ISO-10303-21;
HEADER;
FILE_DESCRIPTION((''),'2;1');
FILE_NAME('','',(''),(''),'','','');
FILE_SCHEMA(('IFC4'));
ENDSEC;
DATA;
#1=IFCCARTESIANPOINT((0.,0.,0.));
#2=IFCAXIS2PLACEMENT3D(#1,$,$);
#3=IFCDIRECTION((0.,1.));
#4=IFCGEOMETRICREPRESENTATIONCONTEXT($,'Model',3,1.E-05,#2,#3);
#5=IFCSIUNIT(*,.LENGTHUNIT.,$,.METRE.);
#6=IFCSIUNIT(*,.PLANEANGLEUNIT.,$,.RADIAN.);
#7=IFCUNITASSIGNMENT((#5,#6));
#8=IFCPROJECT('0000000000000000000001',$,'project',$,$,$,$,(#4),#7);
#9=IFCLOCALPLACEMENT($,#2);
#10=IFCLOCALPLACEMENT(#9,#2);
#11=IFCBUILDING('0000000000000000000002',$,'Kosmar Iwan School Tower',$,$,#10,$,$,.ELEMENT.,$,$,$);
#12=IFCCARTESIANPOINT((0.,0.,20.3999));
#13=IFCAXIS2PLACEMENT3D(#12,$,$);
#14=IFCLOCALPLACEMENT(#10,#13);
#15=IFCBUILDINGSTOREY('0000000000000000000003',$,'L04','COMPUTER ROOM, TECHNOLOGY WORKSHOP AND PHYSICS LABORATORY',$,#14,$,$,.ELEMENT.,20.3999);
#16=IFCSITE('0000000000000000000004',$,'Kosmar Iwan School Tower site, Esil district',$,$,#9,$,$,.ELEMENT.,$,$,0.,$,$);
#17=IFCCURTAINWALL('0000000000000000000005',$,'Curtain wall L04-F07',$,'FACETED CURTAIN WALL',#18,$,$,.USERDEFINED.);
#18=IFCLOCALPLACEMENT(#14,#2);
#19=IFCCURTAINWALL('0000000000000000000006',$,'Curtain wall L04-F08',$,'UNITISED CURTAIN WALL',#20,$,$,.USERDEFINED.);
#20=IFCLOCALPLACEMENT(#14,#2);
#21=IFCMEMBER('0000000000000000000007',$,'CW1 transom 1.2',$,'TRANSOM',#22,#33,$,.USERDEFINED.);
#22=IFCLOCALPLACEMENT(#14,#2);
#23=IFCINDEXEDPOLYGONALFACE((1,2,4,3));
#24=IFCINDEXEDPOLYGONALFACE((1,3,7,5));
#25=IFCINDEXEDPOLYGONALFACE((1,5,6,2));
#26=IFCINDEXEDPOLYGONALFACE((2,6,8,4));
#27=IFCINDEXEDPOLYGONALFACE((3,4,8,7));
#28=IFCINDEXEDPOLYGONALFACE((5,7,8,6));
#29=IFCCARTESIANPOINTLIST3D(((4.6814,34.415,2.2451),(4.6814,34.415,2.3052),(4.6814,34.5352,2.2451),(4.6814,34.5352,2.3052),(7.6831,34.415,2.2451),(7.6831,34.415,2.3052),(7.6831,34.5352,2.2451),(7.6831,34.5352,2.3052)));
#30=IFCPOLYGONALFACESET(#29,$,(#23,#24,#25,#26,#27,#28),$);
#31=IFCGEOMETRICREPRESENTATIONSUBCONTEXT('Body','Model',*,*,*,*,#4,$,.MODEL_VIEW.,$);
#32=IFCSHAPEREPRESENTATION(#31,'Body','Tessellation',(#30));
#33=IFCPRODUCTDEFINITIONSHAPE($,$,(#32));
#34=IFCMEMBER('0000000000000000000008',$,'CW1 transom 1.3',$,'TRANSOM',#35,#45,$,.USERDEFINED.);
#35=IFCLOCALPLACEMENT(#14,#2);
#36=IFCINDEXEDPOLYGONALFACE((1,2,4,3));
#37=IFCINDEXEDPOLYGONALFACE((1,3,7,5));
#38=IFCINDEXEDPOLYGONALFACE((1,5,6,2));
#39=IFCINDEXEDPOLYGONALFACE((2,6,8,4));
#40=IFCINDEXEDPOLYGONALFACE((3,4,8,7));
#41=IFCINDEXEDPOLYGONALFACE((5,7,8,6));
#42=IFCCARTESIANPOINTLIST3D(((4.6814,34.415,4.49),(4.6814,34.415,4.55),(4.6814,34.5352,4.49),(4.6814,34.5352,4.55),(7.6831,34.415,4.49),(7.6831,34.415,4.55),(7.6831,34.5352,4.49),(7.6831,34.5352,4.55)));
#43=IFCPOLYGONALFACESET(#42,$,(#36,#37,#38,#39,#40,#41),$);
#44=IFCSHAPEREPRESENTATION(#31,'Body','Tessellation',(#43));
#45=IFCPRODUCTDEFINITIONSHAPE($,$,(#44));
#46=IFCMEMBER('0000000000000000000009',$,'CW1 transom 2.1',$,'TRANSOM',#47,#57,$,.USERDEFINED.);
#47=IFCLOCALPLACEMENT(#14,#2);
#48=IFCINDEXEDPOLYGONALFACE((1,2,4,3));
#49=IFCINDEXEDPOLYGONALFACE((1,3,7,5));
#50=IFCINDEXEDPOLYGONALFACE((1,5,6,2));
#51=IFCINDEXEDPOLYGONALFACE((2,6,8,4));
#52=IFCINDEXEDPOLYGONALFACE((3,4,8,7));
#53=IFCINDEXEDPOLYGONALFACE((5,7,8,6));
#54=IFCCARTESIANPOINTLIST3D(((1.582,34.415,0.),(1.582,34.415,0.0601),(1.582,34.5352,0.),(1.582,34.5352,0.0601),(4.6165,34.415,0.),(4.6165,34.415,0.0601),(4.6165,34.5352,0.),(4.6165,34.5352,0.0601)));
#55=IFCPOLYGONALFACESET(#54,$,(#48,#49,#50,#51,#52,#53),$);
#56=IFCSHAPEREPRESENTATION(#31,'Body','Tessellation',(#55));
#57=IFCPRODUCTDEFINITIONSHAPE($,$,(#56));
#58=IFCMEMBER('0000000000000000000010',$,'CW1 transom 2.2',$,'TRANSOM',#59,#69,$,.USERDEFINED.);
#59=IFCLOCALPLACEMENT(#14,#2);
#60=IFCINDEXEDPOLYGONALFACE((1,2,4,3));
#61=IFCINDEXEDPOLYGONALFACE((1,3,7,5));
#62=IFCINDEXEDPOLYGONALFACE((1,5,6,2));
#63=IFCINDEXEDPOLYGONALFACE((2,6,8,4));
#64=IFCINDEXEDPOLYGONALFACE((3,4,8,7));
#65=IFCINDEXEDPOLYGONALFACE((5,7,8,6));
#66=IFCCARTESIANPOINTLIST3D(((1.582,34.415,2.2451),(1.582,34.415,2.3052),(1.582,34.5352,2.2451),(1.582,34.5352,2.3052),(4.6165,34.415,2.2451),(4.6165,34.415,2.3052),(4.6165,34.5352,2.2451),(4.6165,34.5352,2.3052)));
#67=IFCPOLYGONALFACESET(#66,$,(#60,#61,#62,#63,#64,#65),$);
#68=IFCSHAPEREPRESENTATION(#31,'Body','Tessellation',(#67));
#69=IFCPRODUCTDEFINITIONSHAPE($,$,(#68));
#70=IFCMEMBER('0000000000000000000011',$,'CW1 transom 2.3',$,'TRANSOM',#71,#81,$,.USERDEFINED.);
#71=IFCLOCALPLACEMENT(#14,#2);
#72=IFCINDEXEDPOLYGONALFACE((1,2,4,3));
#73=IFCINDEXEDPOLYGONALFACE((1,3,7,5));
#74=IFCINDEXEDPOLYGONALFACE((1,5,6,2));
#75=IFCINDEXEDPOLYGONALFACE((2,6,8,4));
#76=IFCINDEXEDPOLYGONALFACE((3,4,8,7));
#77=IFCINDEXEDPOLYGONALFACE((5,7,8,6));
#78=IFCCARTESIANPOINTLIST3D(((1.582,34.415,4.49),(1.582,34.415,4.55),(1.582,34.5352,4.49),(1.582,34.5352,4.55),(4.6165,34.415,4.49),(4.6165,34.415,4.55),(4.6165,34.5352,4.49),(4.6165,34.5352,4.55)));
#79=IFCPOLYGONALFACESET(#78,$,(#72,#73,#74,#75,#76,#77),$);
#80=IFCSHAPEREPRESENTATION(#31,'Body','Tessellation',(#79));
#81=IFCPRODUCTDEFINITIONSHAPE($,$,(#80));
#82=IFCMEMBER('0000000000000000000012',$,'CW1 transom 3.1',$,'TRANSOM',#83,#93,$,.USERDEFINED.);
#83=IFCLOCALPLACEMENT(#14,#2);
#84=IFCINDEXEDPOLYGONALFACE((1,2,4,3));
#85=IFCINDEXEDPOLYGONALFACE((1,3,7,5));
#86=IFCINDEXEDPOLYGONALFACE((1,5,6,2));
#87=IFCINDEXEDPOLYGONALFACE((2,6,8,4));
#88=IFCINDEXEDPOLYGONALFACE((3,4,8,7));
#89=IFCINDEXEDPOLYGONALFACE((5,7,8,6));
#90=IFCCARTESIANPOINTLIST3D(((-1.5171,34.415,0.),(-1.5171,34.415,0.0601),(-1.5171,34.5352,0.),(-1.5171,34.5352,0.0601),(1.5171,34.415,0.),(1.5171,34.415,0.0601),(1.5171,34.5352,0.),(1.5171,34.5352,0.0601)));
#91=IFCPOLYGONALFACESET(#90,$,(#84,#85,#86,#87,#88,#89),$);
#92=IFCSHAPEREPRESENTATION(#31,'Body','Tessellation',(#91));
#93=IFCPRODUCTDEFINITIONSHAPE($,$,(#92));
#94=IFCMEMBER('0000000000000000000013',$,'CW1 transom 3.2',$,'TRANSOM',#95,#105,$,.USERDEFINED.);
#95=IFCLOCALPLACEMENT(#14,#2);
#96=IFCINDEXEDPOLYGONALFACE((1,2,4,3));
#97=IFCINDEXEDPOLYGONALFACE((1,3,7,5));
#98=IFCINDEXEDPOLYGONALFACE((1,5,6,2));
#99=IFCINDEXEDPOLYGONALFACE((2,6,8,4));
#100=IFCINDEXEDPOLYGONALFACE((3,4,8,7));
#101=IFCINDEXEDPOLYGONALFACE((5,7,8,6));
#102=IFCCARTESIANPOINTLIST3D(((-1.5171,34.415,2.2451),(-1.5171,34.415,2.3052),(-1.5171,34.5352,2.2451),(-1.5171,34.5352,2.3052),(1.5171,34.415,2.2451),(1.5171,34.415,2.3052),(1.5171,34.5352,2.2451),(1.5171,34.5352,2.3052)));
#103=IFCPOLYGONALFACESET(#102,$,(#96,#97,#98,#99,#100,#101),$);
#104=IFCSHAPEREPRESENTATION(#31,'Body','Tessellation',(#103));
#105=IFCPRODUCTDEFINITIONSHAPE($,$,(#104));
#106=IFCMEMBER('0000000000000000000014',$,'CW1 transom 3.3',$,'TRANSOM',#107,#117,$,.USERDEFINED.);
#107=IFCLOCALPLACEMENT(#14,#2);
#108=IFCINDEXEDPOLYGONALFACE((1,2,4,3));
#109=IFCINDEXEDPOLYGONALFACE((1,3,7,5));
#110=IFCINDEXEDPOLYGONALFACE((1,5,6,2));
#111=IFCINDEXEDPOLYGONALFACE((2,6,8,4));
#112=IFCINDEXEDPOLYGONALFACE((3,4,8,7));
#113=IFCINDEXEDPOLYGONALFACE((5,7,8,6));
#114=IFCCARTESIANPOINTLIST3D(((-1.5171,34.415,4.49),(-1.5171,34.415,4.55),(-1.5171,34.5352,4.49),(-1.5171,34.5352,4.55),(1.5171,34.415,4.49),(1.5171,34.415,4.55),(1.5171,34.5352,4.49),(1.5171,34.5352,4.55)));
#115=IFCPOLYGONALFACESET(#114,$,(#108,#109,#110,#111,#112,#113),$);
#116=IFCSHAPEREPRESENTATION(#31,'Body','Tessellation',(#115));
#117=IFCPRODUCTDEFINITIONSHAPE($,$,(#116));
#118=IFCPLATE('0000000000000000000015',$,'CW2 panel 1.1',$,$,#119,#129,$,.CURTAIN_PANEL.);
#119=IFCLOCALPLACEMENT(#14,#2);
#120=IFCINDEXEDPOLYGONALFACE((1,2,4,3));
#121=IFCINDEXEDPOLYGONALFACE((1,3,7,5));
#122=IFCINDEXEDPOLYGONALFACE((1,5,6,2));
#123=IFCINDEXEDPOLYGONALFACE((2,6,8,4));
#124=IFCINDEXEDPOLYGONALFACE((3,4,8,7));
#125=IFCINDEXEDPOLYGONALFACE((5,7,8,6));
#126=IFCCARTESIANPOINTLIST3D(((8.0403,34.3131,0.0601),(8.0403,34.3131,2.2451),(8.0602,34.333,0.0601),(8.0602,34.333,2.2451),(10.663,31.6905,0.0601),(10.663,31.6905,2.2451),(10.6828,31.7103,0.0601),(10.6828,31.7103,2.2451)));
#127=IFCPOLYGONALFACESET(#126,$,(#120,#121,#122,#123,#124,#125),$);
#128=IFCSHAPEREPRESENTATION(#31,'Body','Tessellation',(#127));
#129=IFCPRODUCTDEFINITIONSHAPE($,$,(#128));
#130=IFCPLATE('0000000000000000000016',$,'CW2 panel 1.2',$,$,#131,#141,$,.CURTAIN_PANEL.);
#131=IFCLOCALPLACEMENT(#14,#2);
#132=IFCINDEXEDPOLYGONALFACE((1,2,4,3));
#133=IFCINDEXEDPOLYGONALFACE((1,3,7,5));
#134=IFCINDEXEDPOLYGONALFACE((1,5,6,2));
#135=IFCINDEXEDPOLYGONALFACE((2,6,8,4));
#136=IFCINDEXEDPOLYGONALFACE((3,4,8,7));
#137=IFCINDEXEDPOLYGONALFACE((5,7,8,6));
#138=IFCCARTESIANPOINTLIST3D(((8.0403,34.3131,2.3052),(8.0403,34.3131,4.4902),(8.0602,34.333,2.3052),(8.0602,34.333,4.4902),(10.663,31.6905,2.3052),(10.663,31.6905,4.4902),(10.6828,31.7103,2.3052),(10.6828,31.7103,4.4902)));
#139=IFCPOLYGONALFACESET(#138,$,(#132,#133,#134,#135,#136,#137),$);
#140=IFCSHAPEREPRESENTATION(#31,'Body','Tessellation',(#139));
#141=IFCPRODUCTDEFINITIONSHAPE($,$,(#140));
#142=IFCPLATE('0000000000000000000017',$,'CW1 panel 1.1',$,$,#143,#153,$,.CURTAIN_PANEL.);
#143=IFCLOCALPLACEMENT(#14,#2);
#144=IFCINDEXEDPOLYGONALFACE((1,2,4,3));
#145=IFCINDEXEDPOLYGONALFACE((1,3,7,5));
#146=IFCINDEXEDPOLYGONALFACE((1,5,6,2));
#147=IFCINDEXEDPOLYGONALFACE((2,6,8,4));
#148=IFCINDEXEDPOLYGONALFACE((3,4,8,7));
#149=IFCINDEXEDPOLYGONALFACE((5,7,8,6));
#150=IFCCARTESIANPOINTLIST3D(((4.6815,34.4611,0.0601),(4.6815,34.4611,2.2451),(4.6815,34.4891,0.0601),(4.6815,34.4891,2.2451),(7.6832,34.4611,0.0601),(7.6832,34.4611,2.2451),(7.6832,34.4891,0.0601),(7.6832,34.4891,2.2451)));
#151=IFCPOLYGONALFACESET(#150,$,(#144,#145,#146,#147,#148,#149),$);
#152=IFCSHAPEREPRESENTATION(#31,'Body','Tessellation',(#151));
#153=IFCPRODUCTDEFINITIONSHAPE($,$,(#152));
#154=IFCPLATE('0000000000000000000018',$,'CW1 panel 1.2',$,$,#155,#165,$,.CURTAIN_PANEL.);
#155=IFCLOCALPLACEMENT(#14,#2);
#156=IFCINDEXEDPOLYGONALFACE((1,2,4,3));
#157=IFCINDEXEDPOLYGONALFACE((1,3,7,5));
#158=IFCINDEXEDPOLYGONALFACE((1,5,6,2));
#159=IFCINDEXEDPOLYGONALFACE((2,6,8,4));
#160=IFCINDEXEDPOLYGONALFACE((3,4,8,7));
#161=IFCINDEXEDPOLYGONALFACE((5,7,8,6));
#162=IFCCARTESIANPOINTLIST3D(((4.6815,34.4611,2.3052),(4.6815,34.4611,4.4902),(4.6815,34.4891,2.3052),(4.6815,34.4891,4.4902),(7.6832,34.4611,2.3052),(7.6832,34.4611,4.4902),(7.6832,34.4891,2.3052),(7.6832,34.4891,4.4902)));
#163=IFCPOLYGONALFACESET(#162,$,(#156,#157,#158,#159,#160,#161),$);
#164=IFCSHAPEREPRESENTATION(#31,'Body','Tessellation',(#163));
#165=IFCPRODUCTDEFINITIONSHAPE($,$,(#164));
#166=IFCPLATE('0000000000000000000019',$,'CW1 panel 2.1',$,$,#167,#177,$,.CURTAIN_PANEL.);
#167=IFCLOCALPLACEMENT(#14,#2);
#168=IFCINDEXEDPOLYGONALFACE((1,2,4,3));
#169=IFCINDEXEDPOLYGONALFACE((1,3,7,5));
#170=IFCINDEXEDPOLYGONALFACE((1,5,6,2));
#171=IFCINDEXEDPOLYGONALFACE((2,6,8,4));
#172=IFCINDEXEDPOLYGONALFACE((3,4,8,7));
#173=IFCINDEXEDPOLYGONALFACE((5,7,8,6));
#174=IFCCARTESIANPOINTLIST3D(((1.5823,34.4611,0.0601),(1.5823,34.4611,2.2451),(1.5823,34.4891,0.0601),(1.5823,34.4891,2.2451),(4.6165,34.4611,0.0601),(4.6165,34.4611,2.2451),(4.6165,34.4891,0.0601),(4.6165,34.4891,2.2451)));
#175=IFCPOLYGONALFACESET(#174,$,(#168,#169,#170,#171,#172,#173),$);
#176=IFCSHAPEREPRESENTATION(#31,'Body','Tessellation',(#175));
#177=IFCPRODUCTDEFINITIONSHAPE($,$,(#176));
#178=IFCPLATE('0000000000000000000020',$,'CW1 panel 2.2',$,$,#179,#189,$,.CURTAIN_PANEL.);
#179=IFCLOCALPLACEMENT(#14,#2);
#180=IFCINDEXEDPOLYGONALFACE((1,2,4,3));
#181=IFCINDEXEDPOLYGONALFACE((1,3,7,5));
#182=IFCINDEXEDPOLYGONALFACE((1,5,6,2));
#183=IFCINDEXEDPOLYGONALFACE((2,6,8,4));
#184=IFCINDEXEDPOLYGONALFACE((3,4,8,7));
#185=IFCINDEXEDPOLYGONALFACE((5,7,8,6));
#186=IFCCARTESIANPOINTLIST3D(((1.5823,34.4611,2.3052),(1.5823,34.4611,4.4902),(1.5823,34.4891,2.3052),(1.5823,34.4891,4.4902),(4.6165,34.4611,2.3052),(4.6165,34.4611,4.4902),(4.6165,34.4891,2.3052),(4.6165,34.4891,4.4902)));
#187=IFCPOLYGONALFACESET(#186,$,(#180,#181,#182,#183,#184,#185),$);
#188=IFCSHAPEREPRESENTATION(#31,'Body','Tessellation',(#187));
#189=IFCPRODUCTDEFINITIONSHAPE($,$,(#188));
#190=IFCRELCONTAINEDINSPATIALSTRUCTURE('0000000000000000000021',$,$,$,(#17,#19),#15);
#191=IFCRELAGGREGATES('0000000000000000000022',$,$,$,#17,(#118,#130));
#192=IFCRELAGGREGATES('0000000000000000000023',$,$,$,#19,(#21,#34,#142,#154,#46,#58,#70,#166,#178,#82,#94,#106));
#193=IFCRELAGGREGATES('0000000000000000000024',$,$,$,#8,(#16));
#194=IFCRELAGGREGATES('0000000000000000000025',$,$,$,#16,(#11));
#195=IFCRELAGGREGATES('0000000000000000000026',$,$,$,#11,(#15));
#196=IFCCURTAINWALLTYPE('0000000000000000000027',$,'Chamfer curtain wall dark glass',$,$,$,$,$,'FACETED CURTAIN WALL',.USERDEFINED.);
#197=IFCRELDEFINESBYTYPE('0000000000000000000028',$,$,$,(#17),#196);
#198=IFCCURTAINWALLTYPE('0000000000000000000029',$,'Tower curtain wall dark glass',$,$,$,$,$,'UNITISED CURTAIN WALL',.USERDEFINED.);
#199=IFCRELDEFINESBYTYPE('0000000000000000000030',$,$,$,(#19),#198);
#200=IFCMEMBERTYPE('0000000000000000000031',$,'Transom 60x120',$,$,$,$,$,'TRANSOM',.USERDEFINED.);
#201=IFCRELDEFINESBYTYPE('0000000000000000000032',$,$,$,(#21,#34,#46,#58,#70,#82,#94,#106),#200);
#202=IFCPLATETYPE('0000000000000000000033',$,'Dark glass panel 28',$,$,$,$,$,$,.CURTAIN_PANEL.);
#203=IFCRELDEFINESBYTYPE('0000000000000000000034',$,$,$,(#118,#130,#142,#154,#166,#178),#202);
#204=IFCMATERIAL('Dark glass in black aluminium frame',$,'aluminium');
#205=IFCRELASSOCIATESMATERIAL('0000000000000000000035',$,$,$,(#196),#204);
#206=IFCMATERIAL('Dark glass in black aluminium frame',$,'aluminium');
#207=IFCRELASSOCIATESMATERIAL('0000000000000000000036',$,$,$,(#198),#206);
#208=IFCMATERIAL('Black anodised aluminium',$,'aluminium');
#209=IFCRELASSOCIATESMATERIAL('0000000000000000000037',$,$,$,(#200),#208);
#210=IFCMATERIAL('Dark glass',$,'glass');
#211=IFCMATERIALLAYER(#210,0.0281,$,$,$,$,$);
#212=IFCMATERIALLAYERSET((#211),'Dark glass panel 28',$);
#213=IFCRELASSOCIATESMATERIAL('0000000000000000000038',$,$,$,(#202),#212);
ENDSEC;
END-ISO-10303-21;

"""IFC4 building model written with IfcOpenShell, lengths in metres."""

from ifc_helpers import new_model, si_unit, direction, frame, origin, origin_2d, place, context, subcontext, project, spatial, rectangle, extrude, material, layer, layer_set, material_profile, profile_set, type_object, element, aggregate, save


model = new_model("IFC4")

# Units and contexts
model_context = context("Model", 3, precision=1e-05, world=origin(), true_north=direction((0.0, 1.0)))
body_context = subcontext(model_context, "Body", "Model", "MODEL_VIEW")
ifc_project = project(units=[si_unit("LENGTHUNIT", "METRE"), si_unit("PLANEANGLEUNIT", "RADIAN")], contexts=[model_context])

# Site, building, storey
site_placement = place(None, origin())
site = spatial("IfcSite", under=ifc_project, at=site_placement, Name="Kosmar Iwan School Tower site, Esil district", CompositionType="ELEMENT", RefElevation=0.0)
building_placement = place(site_placement, origin())
building = spatial("IfcBuilding", under=site, at=building_placement, Name="Kosmar Iwan School Tower", CompositionType="ELEMENT")
storey_placement = place(building_placement, frame((0.0, 0.0, 20.3999)))
storey = spatial("IfcBuildingStorey", under=building, at=storey_placement, Name="L04", Description="COMPUTER ROOM, TECHNOLOGY WORKSHOP AND PHYSICS LABORATORY", CompositionType="ELEMENT", Elevation=20.3999)

# Curtain walls
ifc_material_1 = material(Name="Dark glass in black aluminium frame", Category="aluminium")
curtain_wall_type_1 = type_object("IfcCurtainWallType", Name="Chamfer curtain wall dark glass", ElementType="FACETED CURTAIN WALL", PredefinedType="USERDEFINED", material=ifc_material_1)
curtain_wall_1_placement = place(storey_placement, origin())
curtain_wall_1 = element("IfcCurtainWall", 1, at=curtain_wall_1_placement, inside=storey, type_object=curtain_wall_type_1, Name="Curtain wall L04-F07", ObjectType="FACETED CURTAIN WALL", PredefinedType="USERDEFINED")
ifc_material_2 = material(Name="Dark glass in black aluminium frame", Category="aluminium")
curtain_wall_type_2 = type_object("IfcCurtainWallType", Name="Tower curtain wall dark glass", ElementType="UNITISED CURTAIN WALL", PredefinedType="USERDEFINED", material=ifc_material_2)
curtain_wall_2_placement = place(storey_placement, origin())
curtain_wall_2 = element("IfcCurtainWall", 2, at=curtain_wall_2_placement, inside=storey, type_object=curtain_wall_type_2, Name="Curtain wall L04-F08", ObjectType="UNITISED CURTAIN WALL", PredefinedType="USERDEFINED")

# Members
ifc_material_3 = material(Name="Black anodised aluminium", Category="aluminium")
ifc_material_profile_1 = material_profile(ifc_material_3, rectangle(XDim=0.1201, YDim=0.0601, at=origin_2d()), Name="TRANSOM 60x120")
ifc_profile_set_1 = profile_set([ifc_material_profile_1], Name="Black anodised aluminium")
member_type_1 = type_object("IfcMemberType", Name="Transom 60x120", ElementType="TRANSOM", PredefinedType="USERDEFINED", material=ifc_profile_set_1)
member_1_placement = place(storey_placement, frame((7.6831, 34.4751, 2.2751), z_axis=(-1.0, 0.0, 0.0), x_axis=(0.0, -1.0, 0.0)))
member_1 = element("IfcMember", 3, at=member_1_placement, type_object=member_type_1, Name="CW1 transom 1.2", ObjectType="TRANSOM", PredefinedType="USERDEFINED", context=body_context, shape_type="SweptSolid", body=[
    extrude(rectangle(XDim=0.1201, YDim=0.0601, at=origin_2d()), origin(), (0.0, 0.0, 1.0), 3.0017),
])
member_2_placement = place(storey_placement, frame((7.6831, 34.4751, 4.52), z_axis=(-1.0, 0.0, 0.0), x_axis=(0.0, -1.0, 0.0)))
member_2 = element("IfcMember", 4, at=member_2_placement, type_object=member_type_1, Name="CW1 transom 1.3", ObjectType="TRANSOM", PredefinedType="USERDEFINED", context=body_context, shape_type="SweptSolid", body=[
    extrude(rectangle(XDim=0.1201, YDim=0.0601, at=origin_2d()), origin(), (0.0, 0.0, 1.0), 3.0017),
])
member_3_placement = place(storey_placement, frame((4.6165, 34.4751, 0.03), z_axis=(-1.0, 0.0, 0.0), x_axis=(0.0, -1.0, 0.0)))
member_3 = element("IfcMember", 5, at=member_3_placement, type_object=member_type_1, Name="CW1 transom 2.1", ObjectType="TRANSOM", PredefinedType="USERDEFINED", context=body_context, shape_type="SweptSolid", body=[
    extrude(rectangle(XDim=0.1201, YDim=0.0601, at=origin_2d()), origin(), (0.0, 0.0, 1.0), 3.0344),
])
member_4_placement = place(storey_placement, frame((4.6165, 34.4751, 2.2751), z_axis=(-1.0, 0.0, 0.0), x_axis=(0.0, -1.0, 0.0)))
member_4 = element("IfcMember", 6, at=member_4_placement, type_object=member_type_1, Name="CW1 transom 2.2", ObjectType="TRANSOM", PredefinedType="USERDEFINED", context=body_context, shape_type="SweptSolid", body=[
    extrude(rectangle(XDim=0.1201, YDim=0.0601, at=origin_2d()), origin(), (0.0, 0.0, 1.0), 3.0344),
])
member_5_placement = place(storey_placement, frame((4.6165, 34.4751, 4.52), z_axis=(-1.0, 0.0, 0.0), x_axis=(0.0, -1.0, 0.0)))
member_5 = element("IfcMember", 7, at=member_5_placement, type_object=member_type_1, Name="CW1 transom 2.3", ObjectType="TRANSOM", PredefinedType="USERDEFINED", context=body_context, shape_type="SweptSolid", body=[
    extrude(rectangle(XDim=0.1201, YDim=0.0601, at=origin_2d()), origin(), (0.0, 0.0, 1.0), 3.0344),
])
member_6_placement = place(storey_placement, frame((1.5171, 34.4751, 0.03), z_axis=(-1.0, 0.0, 0.0), x_axis=(0.0, -1.0, 0.0)))
member_6 = element("IfcMember", 8, at=member_6_placement, type_object=member_type_1, Name="CW1 transom 3.1", ObjectType="TRANSOM", PredefinedType="USERDEFINED", context=body_context, shape_type="SweptSolid", body=[
    extrude(rectangle(XDim=0.1201, YDim=0.0601, at=origin_2d()), origin(), (0.0, 0.0, 1.0), 3.0342),
])
member_7_placement = place(storey_placement, frame((1.5171, 34.4751, 2.2751), z_axis=(-1.0, 0.0, 0.0), x_axis=(0.0, -1.0, 0.0)))
member_7 = element("IfcMember", 9, at=member_7_placement, type_object=member_type_1, Name="CW1 transom 3.2", ObjectType="TRANSOM", PredefinedType="USERDEFINED", context=body_context, shape_type="SweptSolid", body=[
    extrude(rectangle(XDim=0.1201, YDim=0.0601, at=origin_2d()), origin(), (0.0, 0.0, 1.0), 3.0342),
])
member_8_placement = place(storey_placement, frame((1.5171, 34.4751, 4.52), z_axis=(-1.0, 0.0, 0.0), x_axis=(0.0, -1.0, 0.0)))
member_8 = element("IfcMember", 10, at=member_8_placement, type_object=member_type_1, Name="CW1 transom 3.3", ObjectType="TRANSOM", PredefinedType="USERDEFINED", context=body_context, shape_type="SweptSolid", body=[
    extrude(rectangle(XDim=0.1201, YDim=0.0601, at=origin_2d()), origin(), (0.0, 0.0, 1.0), 3.0342),
])

# Plates
ifc_material_4 = material(Name="Dark glass", Category="glass")
ifc_layer_1 = layer(ifc_material_4, 0.0281)
ifc_layer_set_1 = layer_set([ifc_layer_1], Name="Dark glass panel 28")
plate_type = type_object("IfcPlateType", Name="Dark glass panel 28", PredefinedType="CURTAIN_PANEL", material=ifc_layer_set_1)
plate_1_placement = place(storey_placement, frame((9.3616, 33.0117, 0.0601), z_axis=(0.0, 0.0, 1.0), x_axis=(-0.707107, 0.707107, 0.0)))
plate_1 = element("IfcPlate", 11, at=plate_1_placement, type_object=plate_type, Name="CW2 panel 1.1", PredefinedType="CURTAIN_PANEL", context=body_context, shape_type="SweptSolid", body=[
    extrude(rectangle(XDim=3.709, YDim=0.0281, at=origin_2d()), origin(), (0.0, 0.0, 1.0), 2.1851),
])
plate_2_placement = place(storey_placement, frame((9.3616, 33.0117, 2.3052), z_axis=(0.0, 0.0, 1.0), x_axis=(-0.707107, 0.707107, 0.0)))
plate_2 = element("IfcPlate", 12, at=plate_2_placement, type_object=plate_type, Name="CW2 panel 1.2", PredefinedType="CURTAIN_PANEL", context=body_context, shape_type="SweptSolid", body=[
    extrude(rectangle(XDim=3.709, YDim=0.0281, at=origin_2d()), origin(), (0.0, 0.0, 1.0), 2.1851),
])
aggregate(curtain_wall_1, [plate_1, plate_2])
plate_3_placement = place(storey_placement, frame((6.1824, 34.4751, 0.0601), z_axis=(0.0, 0.0, 1.0), x_axis=(-1.0, 0.0, 0.0)))
plate_3 = element("IfcPlate", 13, at=plate_3_placement, type_object=plate_type, Name="CW1 panel 1.1", PredefinedType="CURTAIN_PANEL", context=body_context, shape_type="SweptSolid", body=[
    extrude(rectangle(XDim=3.0017, YDim=0.0281, at=origin_2d()), origin(), (0.0, 0.0, 1.0), 2.1851),
])
plate_4_placement = place(storey_placement, frame((6.1824, 34.4751, 2.3052), z_axis=(0.0, 0.0, 1.0), x_axis=(-1.0, 0.0, 0.0)))
plate_4 = element("IfcPlate", 14, at=plate_4_placement, type_object=plate_type, Name="CW1 panel 1.2", PredefinedType="CURTAIN_PANEL", context=body_context, shape_type="SweptSolid", body=[
    extrude(rectangle(XDim=3.0017, YDim=0.0281, at=origin_2d()), origin(), (0.0, 0.0, 1.0), 2.1851),
])
plate_5_placement = place(storey_placement, frame((3.0994, 34.4751, 0.0601), z_axis=(0.0, 0.0, 1.0), x_axis=(-1.0, 0.0, 0.0)))
plate_5 = element("IfcPlate", 15, at=plate_5_placement, type_object=plate_type, Name="CW1 panel 2.1", PredefinedType="CURTAIN_PANEL", context=body_context, shape_type="SweptSolid", body=[
    extrude(rectangle(XDim=3.0342, YDim=0.0281, at=origin_2d()), origin(), (0.0, 0.0, 1.0), 2.1851),
])
plate_6_placement = place(storey_placement, frame((3.0994, 34.4751, 2.3052), z_axis=(0.0, 0.0, 1.0), x_axis=(-1.0, 0.0, 0.0)))
plate_6 = element("IfcPlate", 16, at=plate_6_placement, type_object=plate_type, Name="CW1 panel 2.2", PredefinedType="CURTAIN_PANEL", context=body_context, shape_type="SweptSolid", body=[
    extrude(rectangle(XDim=3.0342, YDim=0.0281, at=origin_2d()), origin(), (0.0, 0.0, 1.0), 2.1851),
])
aggregate(curtain_wall_2, [member_1, member_2, plate_3, plate_4, member_3, member_4, member_5, plate_5, plate_6, member_6, member_7, member_8])

save(model, "model.ifc")
